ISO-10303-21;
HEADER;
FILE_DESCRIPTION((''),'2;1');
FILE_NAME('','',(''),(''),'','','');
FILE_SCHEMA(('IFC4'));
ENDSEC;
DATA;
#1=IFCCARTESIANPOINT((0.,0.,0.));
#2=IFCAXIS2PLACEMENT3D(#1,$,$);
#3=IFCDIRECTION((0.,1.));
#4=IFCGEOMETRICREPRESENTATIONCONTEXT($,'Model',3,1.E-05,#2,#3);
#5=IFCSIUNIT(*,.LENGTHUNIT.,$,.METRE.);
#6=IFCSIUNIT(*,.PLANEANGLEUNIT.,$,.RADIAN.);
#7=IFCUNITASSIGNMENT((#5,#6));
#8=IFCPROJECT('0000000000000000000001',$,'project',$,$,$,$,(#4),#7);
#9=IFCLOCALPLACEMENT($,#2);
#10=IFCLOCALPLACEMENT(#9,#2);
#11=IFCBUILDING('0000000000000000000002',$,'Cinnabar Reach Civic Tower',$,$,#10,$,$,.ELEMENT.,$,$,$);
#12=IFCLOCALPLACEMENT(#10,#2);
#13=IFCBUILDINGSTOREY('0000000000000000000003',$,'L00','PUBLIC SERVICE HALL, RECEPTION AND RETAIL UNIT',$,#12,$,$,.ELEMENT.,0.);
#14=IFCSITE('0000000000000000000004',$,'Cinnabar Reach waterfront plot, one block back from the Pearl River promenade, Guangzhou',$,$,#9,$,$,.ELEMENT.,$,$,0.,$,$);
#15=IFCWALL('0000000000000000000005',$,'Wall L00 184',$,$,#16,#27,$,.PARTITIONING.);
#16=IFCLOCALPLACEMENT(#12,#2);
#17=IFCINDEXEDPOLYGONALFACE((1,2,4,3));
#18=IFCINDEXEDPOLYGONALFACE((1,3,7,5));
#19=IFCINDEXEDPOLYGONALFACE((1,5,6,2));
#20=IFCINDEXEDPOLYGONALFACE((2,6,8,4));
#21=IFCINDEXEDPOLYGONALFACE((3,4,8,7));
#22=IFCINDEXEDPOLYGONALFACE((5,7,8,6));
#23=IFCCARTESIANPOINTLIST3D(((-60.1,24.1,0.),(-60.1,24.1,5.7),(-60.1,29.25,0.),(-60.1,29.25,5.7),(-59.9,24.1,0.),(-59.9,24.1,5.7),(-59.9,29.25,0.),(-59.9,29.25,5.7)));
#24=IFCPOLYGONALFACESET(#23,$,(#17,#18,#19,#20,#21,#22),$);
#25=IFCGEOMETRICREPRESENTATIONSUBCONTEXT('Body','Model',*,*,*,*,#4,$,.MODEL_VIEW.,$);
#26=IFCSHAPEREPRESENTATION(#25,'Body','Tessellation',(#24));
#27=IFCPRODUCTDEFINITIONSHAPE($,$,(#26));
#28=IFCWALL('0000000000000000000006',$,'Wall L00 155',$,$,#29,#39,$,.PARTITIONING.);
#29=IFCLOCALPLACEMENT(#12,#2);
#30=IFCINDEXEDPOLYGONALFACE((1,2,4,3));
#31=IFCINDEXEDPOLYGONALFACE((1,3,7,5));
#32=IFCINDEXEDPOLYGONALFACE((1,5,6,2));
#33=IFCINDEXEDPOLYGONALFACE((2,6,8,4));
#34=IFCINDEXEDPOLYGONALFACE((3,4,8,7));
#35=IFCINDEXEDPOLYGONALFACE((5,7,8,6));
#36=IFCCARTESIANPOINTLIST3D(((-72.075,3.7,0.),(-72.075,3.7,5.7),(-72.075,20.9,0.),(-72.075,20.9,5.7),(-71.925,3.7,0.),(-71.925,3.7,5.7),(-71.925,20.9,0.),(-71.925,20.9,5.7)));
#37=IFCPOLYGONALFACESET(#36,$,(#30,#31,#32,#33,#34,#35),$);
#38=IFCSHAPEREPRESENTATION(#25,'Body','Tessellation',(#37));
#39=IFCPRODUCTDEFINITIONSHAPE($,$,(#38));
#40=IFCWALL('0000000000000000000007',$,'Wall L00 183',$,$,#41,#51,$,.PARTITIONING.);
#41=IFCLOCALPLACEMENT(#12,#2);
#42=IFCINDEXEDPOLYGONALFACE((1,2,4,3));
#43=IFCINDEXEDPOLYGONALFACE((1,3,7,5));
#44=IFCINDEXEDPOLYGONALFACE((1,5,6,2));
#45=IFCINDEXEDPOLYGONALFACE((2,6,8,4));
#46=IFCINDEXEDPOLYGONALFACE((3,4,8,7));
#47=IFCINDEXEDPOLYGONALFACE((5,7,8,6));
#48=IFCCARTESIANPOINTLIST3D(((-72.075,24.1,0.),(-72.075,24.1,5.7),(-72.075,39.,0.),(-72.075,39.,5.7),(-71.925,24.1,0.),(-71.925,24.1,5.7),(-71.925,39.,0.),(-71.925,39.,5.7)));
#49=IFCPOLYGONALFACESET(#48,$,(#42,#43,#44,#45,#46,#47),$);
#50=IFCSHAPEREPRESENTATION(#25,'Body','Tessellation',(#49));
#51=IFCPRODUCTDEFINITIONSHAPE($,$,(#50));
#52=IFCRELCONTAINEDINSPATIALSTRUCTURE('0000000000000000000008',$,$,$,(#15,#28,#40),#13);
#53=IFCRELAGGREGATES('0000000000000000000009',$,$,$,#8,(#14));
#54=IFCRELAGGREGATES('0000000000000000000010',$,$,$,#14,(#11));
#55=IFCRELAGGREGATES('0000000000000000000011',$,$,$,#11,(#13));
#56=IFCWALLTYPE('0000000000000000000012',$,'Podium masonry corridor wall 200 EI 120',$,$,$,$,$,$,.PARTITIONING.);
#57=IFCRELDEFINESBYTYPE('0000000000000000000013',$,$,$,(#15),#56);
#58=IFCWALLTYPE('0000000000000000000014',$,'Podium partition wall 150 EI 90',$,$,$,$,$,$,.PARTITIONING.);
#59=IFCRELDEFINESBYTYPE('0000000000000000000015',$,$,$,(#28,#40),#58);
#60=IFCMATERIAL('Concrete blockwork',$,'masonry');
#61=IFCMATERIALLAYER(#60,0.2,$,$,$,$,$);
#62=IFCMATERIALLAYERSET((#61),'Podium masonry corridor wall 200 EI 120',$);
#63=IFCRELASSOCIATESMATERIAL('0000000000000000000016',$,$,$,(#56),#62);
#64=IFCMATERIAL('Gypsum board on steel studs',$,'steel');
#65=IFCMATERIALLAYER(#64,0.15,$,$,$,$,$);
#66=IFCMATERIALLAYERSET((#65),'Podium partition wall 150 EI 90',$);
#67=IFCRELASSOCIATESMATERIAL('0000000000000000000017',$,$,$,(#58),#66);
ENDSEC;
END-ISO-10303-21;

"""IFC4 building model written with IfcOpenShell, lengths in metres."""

from ifc_helpers import new_model, si_unit, direction, frame, frame_2d, origin, place, context, subcontext, project, spatial, rectangle, extrude, material, layer, layer_set, type_object, element, save


model = new_model("IFC4")

# Units and contexts
model_context = context("Model", 3, precision=1e-05, world=origin(), true_north=direction((0.0, 1.0)))
body_context = subcontext(model_context, "Body", "Model", "MODEL_VIEW")
ifc_project = project(units=[si_unit("LENGTHUNIT", "METRE"), si_unit("PLANEANGLEUNIT", "RADIAN")], contexts=[model_context])

# Site, building, storey
site_placement = place(None, origin())
site = spatial("IfcSite", under=ifc_project, at=site_placement, Name="Cinnabar Reach waterfront plot, one block back from the Pearl River promenade, Guangzhou", CompositionType="ELEMENT", RefElevation=0.0)
building_placement = place(site_placement, origin())
building = spatial("IfcBuilding", under=site, at=building_placement, Name="Cinnabar Reach Civic Tower", CompositionType="ELEMENT")
storey_placement = place(building_placement, origin())
storey = spatial("IfcBuildingStorey", under=building, at=storey_placement, Name="L00", Description="PUBLIC SERVICE HALL, RECEPTION AND RETAIL UNIT", CompositionType="ELEMENT", Elevation=0.0)

# Shared definitions
ifc_material_1 = material(Name="Concrete blockwork", Category="masonry")
ifc_layer_1 = layer(ifc_material_1, 0.2)
ifc_layer_set_1 = layer_set([ifc_layer_1], Name="Podium masonry corridor wall 200 EI 120")
wall_type_1 = type_object("IfcWallType", Name="Podium masonry corridor wall 200 EI 120", PredefinedType="PARTITIONING", material=ifc_layer_set_1)

# Walls
wall_1_placement = place(storey_placement, frame((-60.0, 24.1, 0.0), z_axis=(0.0, 0.0, 1.0), x_axis=(0.0, 1.0, 0.0)))
element("IfcWall", 1, at=wall_1_placement, inside=storey, type_object=wall_type_1, Name="Wall L00 184", PredefinedType="PARTITIONING", context=body_context, shape_type="SweptSolid", body=[
    extrude(rectangle(XDim=5.15, YDim=0.2, at=frame_2d((2.575, 0.0))), origin(), (0.0, 0.0, 1.0), 5.7),
])
ifc_material_2 = material(Name="Gypsum board on steel studs", Category="steel")
ifc_layer_2 = layer(ifc_material_2, 0.15)
ifc_layer_set_2 = layer_set([ifc_layer_2], Name="Podium partition wall 150 EI 90")
wall_type_2 = type_object("IfcWallType", Name="Podium partition wall 150 EI 90", PredefinedType="PARTITIONING", material=ifc_layer_set_2)
wall_2_placement = place(storey_placement, frame((-72.0, 3.7, 0.0), z_axis=(0.0, 0.0, 1.0), x_axis=(0.0, 1.0, 0.0)))
element("IfcWall", 2, at=wall_2_placement, inside=storey, type_object=wall_type_2, Name="Wall L00 155", PredefinedType="PARTITIONING", context=body_context, shape_type="SweptSolid", body=[
    extrude(rectangle(XDim=17.2, YDim=0.15, at=frame_2d((8.6, 0.0))), origin(), (0.0, 0.0, 1.0), 5.7),
])
wall_3_placement = place(storey_placement, frame((-72.0, 24.1, 0.0), z_axis=(0.0, 0.0, 1.0), x_axis=(0.0, 1.0, 0.0)))
element("IfcWall", 3, at=wall_3_placement, inside=storey, type_object=wall_type_2, Name="Wall L00 183", PredefinedType="PARTITIONING", context=body_context, shape_type="SweptSolid", body=[
    extrude(rectangle(XDim=14.9, YDim=0.15, at=frame_2d((7.45, 0.0))), origin(), (0.0, 0.0, 1.0), 5.7),
])

save(model, "model.ifc")
